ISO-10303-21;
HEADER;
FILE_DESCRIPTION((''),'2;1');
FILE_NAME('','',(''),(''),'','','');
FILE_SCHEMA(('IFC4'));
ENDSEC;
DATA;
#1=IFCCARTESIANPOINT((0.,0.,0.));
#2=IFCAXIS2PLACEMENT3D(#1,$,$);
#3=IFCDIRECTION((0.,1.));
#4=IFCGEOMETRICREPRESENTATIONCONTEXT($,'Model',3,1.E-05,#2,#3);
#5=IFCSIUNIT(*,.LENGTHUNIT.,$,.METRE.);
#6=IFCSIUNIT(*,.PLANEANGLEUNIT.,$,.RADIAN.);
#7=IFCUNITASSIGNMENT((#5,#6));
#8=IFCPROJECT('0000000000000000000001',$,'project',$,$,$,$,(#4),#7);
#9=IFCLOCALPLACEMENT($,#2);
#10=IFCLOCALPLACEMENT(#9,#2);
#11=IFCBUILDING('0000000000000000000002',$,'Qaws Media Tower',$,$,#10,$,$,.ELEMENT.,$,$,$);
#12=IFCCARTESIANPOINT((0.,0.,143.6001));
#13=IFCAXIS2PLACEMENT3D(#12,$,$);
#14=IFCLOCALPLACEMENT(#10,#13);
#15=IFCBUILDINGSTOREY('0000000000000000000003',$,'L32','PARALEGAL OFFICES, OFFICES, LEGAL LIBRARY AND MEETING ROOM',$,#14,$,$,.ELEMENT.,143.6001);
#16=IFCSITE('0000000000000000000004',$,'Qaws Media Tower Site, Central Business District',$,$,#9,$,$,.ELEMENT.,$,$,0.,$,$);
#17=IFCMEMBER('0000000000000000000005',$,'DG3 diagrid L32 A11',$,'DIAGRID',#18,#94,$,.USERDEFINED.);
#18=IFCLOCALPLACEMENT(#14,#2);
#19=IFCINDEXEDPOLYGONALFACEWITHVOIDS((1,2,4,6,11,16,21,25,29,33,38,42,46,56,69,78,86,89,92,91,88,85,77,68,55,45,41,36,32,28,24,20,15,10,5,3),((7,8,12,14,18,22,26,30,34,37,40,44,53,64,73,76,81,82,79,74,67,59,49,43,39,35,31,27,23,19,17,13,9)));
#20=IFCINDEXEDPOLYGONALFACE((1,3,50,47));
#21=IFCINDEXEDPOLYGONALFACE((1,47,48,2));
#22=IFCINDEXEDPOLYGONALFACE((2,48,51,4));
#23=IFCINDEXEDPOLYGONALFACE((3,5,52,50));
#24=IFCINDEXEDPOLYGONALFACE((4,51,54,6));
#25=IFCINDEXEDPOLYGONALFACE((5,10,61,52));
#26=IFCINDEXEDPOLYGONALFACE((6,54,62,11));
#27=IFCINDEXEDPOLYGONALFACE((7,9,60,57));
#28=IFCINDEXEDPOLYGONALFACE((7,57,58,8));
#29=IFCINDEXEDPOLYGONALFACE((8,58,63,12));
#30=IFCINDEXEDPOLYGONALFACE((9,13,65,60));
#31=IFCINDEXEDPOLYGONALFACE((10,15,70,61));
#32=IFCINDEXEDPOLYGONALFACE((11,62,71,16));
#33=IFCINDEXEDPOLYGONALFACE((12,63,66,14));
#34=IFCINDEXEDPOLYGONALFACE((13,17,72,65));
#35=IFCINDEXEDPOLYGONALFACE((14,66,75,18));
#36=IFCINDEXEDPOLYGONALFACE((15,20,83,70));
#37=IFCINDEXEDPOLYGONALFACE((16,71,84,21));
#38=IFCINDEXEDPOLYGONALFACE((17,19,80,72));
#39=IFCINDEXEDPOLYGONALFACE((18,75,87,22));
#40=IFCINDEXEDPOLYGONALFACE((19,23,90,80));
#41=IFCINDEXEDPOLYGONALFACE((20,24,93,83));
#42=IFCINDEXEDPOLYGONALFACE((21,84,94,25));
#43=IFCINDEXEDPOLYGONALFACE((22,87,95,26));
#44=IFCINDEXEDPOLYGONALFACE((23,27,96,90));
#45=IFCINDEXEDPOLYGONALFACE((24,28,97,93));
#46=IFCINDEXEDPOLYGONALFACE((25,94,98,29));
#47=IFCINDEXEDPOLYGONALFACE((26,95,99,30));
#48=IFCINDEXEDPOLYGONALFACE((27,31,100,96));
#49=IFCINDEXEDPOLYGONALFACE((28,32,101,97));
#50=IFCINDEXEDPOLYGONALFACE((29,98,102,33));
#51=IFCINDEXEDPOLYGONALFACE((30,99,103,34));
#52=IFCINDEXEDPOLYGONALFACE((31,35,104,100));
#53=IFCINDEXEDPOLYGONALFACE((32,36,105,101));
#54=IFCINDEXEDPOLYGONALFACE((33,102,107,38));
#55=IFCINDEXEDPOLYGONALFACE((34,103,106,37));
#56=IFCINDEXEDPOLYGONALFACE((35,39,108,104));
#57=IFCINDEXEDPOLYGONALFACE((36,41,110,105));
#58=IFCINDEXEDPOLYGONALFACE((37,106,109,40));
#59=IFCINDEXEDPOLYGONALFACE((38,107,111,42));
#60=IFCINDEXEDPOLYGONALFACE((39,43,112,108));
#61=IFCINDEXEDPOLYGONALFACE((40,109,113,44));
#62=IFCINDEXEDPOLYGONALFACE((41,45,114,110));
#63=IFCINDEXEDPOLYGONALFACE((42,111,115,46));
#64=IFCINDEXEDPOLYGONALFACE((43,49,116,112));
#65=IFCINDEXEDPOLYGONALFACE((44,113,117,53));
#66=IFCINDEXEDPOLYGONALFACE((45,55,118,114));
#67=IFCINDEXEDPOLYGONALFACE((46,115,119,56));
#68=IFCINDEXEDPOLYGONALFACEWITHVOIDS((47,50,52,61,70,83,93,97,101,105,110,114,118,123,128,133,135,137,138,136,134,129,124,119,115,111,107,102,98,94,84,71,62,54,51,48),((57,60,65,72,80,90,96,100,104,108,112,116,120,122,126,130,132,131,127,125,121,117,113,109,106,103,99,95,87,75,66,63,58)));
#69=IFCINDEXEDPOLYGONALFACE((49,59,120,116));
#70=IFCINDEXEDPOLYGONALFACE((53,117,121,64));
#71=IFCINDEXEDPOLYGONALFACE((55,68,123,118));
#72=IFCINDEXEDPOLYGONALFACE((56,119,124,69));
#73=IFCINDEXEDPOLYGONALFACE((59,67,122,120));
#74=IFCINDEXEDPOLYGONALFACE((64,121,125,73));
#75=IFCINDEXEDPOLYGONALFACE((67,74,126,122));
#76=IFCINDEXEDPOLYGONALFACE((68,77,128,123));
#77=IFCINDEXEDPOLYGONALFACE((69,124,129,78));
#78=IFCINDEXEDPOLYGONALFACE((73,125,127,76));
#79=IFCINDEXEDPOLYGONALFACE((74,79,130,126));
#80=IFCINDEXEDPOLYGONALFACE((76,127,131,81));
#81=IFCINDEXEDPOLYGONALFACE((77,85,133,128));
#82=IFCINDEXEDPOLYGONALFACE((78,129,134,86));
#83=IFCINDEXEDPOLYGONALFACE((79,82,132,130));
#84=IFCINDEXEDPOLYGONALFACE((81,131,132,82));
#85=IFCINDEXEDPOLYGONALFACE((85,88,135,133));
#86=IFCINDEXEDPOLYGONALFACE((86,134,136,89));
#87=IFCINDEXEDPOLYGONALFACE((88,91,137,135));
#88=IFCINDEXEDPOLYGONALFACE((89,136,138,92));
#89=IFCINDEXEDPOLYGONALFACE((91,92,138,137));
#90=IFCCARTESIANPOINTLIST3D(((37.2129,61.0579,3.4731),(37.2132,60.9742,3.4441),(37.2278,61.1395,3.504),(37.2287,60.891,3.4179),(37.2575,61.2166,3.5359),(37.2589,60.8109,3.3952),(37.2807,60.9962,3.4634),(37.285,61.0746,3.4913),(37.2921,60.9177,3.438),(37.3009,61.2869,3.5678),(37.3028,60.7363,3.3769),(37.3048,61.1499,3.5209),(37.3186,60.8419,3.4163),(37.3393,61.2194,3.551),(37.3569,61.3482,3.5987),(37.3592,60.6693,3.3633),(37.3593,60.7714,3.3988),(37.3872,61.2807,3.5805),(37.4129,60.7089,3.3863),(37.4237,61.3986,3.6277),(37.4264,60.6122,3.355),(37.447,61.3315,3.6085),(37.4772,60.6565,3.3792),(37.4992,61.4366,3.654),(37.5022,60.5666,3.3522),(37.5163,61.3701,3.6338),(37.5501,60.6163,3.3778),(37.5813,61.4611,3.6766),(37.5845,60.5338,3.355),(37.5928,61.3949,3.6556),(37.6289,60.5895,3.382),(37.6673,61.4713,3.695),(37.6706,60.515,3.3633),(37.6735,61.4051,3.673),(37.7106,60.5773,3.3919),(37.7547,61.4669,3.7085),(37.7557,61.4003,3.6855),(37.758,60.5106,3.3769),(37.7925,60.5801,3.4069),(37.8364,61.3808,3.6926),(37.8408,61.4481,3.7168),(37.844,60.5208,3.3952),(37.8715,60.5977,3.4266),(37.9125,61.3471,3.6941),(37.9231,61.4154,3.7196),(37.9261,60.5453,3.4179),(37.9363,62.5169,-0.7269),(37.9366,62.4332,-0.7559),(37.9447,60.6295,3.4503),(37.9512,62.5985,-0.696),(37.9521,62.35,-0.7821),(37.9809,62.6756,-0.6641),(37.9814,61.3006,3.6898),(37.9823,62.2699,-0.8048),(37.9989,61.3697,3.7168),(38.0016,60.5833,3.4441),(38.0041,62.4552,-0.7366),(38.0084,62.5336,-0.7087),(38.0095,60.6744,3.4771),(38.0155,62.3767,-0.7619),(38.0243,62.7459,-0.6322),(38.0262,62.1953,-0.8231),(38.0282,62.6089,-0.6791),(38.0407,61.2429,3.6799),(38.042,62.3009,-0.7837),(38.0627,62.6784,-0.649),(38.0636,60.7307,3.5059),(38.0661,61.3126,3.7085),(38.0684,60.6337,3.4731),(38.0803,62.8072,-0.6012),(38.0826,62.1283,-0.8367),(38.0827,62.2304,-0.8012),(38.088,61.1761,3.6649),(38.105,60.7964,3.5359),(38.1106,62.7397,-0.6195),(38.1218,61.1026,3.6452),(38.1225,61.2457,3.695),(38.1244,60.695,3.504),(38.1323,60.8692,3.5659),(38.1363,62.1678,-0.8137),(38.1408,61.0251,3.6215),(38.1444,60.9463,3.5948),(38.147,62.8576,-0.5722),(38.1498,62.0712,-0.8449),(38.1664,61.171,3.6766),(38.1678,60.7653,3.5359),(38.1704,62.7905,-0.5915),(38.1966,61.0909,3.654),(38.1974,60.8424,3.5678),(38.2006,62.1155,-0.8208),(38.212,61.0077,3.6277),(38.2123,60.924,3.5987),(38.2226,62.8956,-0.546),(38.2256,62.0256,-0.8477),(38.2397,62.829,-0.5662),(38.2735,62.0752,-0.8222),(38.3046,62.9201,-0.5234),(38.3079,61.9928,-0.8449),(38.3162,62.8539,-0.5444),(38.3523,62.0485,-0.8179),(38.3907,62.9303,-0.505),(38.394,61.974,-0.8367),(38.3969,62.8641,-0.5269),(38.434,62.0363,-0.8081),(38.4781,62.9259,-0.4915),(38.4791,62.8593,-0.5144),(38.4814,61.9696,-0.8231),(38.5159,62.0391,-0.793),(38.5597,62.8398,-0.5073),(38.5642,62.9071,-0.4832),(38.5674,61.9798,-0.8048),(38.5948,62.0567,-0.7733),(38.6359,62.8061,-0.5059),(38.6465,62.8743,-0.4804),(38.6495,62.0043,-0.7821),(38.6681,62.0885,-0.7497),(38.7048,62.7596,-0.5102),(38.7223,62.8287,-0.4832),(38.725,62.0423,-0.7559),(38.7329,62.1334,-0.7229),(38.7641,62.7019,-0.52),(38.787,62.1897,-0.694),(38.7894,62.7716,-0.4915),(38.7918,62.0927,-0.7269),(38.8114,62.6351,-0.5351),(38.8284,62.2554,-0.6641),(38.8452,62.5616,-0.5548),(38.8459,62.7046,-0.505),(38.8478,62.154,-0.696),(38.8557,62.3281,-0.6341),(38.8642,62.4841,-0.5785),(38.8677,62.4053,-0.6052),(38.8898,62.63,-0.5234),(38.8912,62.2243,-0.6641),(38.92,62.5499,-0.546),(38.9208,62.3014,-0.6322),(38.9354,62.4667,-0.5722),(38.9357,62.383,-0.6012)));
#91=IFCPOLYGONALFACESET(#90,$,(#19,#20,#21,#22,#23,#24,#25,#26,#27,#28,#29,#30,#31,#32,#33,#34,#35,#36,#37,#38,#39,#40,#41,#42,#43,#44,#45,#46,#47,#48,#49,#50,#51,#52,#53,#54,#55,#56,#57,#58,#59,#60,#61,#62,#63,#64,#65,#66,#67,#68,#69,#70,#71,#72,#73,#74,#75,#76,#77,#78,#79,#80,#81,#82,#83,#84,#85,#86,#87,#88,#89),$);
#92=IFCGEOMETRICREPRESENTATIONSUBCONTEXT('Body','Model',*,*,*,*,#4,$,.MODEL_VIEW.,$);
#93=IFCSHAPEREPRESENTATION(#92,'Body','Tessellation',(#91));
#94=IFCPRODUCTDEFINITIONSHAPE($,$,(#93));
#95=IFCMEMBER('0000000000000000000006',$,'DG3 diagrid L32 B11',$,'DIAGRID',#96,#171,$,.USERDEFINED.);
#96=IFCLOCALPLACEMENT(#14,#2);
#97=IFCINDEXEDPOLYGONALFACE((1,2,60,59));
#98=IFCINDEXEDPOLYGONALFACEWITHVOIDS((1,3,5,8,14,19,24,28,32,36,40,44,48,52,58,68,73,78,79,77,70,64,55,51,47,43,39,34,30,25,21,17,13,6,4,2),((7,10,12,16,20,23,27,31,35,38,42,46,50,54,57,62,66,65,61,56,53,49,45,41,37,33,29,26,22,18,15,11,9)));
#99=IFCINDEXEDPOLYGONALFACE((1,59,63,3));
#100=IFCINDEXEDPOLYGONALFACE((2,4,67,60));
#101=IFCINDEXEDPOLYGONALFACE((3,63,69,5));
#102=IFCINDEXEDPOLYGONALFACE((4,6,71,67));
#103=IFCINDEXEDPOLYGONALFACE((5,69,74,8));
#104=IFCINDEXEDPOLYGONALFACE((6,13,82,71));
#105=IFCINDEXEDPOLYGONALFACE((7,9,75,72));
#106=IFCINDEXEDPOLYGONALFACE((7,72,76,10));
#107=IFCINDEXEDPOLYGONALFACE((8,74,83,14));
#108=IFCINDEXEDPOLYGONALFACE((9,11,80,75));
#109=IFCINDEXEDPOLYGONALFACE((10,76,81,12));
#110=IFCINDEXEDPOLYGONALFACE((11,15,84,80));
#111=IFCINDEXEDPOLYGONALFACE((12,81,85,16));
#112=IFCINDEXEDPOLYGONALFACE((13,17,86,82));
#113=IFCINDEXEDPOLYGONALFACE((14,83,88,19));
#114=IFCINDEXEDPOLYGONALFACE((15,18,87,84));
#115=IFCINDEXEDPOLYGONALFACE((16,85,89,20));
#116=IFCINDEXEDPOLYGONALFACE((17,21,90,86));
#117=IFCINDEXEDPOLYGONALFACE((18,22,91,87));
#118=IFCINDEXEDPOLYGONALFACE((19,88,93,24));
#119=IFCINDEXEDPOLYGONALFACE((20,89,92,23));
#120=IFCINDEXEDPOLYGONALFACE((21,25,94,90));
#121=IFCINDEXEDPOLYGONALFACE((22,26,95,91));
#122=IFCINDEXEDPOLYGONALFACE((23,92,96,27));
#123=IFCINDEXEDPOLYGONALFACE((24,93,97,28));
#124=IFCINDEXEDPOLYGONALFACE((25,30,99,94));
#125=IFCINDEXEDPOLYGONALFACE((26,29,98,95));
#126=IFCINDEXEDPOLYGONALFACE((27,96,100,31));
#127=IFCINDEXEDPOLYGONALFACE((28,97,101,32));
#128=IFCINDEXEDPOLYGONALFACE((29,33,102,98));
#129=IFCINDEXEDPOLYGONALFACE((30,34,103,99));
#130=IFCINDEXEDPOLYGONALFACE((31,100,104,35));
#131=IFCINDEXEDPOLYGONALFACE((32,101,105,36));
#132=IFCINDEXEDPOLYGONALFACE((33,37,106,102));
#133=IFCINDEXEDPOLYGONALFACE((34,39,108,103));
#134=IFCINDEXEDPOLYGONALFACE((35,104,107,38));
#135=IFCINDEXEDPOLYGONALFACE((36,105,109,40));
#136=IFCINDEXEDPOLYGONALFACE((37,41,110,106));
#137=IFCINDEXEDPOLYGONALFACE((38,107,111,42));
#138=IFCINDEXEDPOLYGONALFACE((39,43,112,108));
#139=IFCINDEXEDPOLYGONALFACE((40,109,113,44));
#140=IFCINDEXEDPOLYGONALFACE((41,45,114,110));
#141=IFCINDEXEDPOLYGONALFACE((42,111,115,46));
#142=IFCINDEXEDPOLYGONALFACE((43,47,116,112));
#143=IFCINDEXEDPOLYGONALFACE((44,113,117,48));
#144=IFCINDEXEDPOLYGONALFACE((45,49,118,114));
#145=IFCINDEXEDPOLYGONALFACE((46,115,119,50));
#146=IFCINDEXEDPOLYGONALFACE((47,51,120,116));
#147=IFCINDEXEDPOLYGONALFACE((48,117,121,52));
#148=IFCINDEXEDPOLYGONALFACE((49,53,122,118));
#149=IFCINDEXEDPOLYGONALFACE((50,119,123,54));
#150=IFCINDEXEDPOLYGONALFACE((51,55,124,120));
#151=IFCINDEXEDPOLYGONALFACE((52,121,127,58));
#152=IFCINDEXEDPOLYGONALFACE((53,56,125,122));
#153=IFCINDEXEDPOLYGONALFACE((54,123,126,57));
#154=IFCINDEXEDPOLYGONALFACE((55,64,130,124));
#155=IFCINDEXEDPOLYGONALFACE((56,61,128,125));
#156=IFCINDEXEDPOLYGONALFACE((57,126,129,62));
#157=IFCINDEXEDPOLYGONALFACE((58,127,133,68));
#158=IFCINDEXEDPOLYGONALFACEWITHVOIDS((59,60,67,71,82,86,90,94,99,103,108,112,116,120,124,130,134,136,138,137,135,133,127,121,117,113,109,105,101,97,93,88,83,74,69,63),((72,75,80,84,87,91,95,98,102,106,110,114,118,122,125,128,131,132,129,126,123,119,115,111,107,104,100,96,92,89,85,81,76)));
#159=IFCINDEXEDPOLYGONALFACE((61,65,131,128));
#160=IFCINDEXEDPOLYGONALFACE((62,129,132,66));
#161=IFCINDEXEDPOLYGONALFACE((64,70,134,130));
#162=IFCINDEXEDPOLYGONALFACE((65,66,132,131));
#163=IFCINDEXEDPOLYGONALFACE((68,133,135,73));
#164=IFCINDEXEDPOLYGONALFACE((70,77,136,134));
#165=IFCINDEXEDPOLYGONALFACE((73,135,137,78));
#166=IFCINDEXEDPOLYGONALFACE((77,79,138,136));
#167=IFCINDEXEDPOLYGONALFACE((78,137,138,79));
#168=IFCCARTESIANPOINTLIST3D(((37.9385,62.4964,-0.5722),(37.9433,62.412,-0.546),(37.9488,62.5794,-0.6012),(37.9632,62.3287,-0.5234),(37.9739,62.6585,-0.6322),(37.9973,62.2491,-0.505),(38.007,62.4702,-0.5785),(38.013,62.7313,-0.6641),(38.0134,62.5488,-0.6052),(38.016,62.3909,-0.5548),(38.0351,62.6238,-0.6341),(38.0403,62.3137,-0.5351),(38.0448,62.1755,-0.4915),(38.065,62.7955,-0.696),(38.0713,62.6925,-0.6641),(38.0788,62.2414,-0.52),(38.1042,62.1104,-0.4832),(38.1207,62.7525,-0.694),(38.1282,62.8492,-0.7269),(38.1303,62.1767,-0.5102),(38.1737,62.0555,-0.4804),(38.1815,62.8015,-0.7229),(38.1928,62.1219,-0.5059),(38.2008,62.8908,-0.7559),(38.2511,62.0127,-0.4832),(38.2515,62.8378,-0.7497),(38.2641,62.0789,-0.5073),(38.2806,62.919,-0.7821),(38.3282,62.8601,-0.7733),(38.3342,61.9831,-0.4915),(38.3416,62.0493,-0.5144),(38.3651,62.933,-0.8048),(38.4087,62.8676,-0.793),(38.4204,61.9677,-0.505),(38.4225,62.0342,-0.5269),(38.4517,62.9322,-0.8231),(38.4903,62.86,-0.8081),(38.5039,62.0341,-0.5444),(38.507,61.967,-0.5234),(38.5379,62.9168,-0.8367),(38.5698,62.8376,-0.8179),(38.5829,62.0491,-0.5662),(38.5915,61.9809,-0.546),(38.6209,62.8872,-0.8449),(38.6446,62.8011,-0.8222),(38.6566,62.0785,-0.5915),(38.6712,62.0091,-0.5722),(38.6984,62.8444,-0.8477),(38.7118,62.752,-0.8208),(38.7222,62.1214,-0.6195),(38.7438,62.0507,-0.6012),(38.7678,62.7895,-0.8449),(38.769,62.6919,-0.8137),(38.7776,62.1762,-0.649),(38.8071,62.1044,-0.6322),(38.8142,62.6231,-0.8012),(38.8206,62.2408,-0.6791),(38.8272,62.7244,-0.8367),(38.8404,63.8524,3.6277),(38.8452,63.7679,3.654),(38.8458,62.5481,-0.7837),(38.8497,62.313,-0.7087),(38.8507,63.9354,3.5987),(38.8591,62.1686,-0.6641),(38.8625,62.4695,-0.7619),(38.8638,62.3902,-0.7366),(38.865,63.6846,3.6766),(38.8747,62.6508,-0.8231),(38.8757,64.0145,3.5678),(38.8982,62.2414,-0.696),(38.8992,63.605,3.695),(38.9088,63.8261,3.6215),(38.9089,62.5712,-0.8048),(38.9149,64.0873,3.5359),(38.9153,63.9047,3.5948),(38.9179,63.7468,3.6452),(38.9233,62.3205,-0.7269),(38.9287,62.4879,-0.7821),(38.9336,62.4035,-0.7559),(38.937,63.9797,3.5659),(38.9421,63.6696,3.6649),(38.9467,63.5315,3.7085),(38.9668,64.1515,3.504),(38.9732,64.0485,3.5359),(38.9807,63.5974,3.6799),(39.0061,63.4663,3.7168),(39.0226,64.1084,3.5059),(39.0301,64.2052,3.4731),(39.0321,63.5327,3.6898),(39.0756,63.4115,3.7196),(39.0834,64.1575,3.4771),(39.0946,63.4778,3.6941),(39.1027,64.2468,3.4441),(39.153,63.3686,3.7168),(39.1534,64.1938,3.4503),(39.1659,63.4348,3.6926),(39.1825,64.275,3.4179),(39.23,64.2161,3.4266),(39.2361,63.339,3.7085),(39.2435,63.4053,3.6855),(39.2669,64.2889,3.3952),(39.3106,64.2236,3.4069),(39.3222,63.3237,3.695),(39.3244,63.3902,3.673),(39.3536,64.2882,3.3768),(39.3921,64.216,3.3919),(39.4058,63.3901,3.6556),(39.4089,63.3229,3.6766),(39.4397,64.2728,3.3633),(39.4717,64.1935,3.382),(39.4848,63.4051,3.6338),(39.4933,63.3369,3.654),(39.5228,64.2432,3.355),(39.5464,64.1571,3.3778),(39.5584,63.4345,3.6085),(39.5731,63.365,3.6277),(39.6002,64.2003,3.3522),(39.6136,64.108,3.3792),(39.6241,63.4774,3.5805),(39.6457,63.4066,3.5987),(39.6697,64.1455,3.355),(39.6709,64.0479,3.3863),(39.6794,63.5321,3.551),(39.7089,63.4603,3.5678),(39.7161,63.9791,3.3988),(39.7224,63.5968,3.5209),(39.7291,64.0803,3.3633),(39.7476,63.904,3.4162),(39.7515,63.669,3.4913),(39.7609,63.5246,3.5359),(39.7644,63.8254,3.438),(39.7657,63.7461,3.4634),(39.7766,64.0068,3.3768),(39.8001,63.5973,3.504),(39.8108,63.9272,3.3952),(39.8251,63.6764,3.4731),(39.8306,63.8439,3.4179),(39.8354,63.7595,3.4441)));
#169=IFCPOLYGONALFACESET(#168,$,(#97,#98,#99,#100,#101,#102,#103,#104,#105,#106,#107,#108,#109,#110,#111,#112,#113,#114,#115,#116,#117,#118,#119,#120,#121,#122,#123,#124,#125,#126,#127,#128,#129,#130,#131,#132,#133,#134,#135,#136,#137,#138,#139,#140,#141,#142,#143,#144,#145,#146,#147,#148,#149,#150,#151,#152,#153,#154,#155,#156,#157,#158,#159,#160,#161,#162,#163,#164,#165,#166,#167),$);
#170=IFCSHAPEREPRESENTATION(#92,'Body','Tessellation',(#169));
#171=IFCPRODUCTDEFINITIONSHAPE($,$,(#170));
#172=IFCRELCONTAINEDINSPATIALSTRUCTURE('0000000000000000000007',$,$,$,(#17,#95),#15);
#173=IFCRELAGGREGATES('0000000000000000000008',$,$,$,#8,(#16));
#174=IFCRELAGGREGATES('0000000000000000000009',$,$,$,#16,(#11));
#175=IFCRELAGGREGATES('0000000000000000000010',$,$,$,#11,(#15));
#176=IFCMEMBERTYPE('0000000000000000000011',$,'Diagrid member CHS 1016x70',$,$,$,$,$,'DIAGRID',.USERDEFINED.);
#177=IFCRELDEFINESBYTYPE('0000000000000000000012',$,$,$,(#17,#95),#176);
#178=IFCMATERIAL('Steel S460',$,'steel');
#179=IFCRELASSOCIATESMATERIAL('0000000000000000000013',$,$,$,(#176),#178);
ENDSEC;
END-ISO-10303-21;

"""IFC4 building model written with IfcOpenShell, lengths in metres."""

from ifc_helpers import new_model, si_unit, direction, frame, origin, origin_2d, place, context, subcontext, project, spatial, hollow_circle, extrude, material, material_profile, profile_set, type_object, element, save


model = new_model("IFC4")

# Units and contexts
model_context = context("Model", 3, precision=1e-05, world=origin(), true_north=direction((0.0, 1.0)))
body_context = subcontext(model_context, "Body", "Model", "MODEL_VIEW")
ifc_project = project(units=[si_unit("LENGTHUNIT", "METRE"), si_unit("PLANEANGLEUNIT", "RADIAN")], contexts=[model_context])

# Site, building, storey
site_placement = place(None, origin())
site = spatial("IfcSite", under=ifc_project, at=site_placement, Name="Qaws Media Tower Site, Central Business District", CompositionType="ELEMENT", RefElevation=0.0)
building_placement = place(site_placement, origin())
building = spatial("IfcBuilding", under=site, at=building_placement, Name="Qaws Media Tower", CompositionType="ELEMENT")
storey_placement = place(building_placement, frame((0.0, 0.0, 143.6001)))
storey = spatial("IfcBuildingStorey", under=building, at=storey_placement, Name="L32", Description="PARALEGAL OFFICES, OFFICES, LEGAL LIBRARY AND MEETING ROOM", CompositionType="ELEMENT", Elevation=143.6001)

# Members
ifc_material_1 = material(Name="Steel S460", Category="steel")
ifc_material_profile_1 = material_profile(ifc_material_1, hollow_circle(Radius=0.5081, WallThickness=0.0701, at=origin_2d()), Name="CHS 1016x70")
ifc_profile_set_1 = profile_set([ifc_material_profile_1], Name="Steel S460")
member_type_1 = type_object("IfcMemberType", Name="Diagrid member CHS 1016x70", ElementType="DIAGRID", PredefinedType="USERDEFINED", material=ifc_profile_set_1)
for number, where, z_axis, x_axis, name in (
    (1, (38.436, 62.45, -0.6641), (-0.160589, -0.323887, 0.932367), (0.895921, -0.444213, 0.0), "DG3 diagrid L32 A11"),
    (2, (38.436, 62.45, -0.6641), (0.200207, 0.301015, 0.932366), (-0.832649, 0.5538, 0.0), "DG3 diagrid L32 B11"),
):
    element("IfcMember", number, at=place(storey_placement, frame(where, z_axis=z_axis, x_axis=x_axis)), inside=storey, type_object=member_type_1, Name=name, ObjectType="DIAGRID", PredefinedType="USERDEFINED", context=body_context, shape_type="SweptSolid", body=[
        extrude(hollow_circle(Radius=0.5081, WallThickness=0.0701, at=origin_2d()), origin(), (0.0, 0.0, 1.0), 4.5046),
    ])

save(model, "model.ifc")
